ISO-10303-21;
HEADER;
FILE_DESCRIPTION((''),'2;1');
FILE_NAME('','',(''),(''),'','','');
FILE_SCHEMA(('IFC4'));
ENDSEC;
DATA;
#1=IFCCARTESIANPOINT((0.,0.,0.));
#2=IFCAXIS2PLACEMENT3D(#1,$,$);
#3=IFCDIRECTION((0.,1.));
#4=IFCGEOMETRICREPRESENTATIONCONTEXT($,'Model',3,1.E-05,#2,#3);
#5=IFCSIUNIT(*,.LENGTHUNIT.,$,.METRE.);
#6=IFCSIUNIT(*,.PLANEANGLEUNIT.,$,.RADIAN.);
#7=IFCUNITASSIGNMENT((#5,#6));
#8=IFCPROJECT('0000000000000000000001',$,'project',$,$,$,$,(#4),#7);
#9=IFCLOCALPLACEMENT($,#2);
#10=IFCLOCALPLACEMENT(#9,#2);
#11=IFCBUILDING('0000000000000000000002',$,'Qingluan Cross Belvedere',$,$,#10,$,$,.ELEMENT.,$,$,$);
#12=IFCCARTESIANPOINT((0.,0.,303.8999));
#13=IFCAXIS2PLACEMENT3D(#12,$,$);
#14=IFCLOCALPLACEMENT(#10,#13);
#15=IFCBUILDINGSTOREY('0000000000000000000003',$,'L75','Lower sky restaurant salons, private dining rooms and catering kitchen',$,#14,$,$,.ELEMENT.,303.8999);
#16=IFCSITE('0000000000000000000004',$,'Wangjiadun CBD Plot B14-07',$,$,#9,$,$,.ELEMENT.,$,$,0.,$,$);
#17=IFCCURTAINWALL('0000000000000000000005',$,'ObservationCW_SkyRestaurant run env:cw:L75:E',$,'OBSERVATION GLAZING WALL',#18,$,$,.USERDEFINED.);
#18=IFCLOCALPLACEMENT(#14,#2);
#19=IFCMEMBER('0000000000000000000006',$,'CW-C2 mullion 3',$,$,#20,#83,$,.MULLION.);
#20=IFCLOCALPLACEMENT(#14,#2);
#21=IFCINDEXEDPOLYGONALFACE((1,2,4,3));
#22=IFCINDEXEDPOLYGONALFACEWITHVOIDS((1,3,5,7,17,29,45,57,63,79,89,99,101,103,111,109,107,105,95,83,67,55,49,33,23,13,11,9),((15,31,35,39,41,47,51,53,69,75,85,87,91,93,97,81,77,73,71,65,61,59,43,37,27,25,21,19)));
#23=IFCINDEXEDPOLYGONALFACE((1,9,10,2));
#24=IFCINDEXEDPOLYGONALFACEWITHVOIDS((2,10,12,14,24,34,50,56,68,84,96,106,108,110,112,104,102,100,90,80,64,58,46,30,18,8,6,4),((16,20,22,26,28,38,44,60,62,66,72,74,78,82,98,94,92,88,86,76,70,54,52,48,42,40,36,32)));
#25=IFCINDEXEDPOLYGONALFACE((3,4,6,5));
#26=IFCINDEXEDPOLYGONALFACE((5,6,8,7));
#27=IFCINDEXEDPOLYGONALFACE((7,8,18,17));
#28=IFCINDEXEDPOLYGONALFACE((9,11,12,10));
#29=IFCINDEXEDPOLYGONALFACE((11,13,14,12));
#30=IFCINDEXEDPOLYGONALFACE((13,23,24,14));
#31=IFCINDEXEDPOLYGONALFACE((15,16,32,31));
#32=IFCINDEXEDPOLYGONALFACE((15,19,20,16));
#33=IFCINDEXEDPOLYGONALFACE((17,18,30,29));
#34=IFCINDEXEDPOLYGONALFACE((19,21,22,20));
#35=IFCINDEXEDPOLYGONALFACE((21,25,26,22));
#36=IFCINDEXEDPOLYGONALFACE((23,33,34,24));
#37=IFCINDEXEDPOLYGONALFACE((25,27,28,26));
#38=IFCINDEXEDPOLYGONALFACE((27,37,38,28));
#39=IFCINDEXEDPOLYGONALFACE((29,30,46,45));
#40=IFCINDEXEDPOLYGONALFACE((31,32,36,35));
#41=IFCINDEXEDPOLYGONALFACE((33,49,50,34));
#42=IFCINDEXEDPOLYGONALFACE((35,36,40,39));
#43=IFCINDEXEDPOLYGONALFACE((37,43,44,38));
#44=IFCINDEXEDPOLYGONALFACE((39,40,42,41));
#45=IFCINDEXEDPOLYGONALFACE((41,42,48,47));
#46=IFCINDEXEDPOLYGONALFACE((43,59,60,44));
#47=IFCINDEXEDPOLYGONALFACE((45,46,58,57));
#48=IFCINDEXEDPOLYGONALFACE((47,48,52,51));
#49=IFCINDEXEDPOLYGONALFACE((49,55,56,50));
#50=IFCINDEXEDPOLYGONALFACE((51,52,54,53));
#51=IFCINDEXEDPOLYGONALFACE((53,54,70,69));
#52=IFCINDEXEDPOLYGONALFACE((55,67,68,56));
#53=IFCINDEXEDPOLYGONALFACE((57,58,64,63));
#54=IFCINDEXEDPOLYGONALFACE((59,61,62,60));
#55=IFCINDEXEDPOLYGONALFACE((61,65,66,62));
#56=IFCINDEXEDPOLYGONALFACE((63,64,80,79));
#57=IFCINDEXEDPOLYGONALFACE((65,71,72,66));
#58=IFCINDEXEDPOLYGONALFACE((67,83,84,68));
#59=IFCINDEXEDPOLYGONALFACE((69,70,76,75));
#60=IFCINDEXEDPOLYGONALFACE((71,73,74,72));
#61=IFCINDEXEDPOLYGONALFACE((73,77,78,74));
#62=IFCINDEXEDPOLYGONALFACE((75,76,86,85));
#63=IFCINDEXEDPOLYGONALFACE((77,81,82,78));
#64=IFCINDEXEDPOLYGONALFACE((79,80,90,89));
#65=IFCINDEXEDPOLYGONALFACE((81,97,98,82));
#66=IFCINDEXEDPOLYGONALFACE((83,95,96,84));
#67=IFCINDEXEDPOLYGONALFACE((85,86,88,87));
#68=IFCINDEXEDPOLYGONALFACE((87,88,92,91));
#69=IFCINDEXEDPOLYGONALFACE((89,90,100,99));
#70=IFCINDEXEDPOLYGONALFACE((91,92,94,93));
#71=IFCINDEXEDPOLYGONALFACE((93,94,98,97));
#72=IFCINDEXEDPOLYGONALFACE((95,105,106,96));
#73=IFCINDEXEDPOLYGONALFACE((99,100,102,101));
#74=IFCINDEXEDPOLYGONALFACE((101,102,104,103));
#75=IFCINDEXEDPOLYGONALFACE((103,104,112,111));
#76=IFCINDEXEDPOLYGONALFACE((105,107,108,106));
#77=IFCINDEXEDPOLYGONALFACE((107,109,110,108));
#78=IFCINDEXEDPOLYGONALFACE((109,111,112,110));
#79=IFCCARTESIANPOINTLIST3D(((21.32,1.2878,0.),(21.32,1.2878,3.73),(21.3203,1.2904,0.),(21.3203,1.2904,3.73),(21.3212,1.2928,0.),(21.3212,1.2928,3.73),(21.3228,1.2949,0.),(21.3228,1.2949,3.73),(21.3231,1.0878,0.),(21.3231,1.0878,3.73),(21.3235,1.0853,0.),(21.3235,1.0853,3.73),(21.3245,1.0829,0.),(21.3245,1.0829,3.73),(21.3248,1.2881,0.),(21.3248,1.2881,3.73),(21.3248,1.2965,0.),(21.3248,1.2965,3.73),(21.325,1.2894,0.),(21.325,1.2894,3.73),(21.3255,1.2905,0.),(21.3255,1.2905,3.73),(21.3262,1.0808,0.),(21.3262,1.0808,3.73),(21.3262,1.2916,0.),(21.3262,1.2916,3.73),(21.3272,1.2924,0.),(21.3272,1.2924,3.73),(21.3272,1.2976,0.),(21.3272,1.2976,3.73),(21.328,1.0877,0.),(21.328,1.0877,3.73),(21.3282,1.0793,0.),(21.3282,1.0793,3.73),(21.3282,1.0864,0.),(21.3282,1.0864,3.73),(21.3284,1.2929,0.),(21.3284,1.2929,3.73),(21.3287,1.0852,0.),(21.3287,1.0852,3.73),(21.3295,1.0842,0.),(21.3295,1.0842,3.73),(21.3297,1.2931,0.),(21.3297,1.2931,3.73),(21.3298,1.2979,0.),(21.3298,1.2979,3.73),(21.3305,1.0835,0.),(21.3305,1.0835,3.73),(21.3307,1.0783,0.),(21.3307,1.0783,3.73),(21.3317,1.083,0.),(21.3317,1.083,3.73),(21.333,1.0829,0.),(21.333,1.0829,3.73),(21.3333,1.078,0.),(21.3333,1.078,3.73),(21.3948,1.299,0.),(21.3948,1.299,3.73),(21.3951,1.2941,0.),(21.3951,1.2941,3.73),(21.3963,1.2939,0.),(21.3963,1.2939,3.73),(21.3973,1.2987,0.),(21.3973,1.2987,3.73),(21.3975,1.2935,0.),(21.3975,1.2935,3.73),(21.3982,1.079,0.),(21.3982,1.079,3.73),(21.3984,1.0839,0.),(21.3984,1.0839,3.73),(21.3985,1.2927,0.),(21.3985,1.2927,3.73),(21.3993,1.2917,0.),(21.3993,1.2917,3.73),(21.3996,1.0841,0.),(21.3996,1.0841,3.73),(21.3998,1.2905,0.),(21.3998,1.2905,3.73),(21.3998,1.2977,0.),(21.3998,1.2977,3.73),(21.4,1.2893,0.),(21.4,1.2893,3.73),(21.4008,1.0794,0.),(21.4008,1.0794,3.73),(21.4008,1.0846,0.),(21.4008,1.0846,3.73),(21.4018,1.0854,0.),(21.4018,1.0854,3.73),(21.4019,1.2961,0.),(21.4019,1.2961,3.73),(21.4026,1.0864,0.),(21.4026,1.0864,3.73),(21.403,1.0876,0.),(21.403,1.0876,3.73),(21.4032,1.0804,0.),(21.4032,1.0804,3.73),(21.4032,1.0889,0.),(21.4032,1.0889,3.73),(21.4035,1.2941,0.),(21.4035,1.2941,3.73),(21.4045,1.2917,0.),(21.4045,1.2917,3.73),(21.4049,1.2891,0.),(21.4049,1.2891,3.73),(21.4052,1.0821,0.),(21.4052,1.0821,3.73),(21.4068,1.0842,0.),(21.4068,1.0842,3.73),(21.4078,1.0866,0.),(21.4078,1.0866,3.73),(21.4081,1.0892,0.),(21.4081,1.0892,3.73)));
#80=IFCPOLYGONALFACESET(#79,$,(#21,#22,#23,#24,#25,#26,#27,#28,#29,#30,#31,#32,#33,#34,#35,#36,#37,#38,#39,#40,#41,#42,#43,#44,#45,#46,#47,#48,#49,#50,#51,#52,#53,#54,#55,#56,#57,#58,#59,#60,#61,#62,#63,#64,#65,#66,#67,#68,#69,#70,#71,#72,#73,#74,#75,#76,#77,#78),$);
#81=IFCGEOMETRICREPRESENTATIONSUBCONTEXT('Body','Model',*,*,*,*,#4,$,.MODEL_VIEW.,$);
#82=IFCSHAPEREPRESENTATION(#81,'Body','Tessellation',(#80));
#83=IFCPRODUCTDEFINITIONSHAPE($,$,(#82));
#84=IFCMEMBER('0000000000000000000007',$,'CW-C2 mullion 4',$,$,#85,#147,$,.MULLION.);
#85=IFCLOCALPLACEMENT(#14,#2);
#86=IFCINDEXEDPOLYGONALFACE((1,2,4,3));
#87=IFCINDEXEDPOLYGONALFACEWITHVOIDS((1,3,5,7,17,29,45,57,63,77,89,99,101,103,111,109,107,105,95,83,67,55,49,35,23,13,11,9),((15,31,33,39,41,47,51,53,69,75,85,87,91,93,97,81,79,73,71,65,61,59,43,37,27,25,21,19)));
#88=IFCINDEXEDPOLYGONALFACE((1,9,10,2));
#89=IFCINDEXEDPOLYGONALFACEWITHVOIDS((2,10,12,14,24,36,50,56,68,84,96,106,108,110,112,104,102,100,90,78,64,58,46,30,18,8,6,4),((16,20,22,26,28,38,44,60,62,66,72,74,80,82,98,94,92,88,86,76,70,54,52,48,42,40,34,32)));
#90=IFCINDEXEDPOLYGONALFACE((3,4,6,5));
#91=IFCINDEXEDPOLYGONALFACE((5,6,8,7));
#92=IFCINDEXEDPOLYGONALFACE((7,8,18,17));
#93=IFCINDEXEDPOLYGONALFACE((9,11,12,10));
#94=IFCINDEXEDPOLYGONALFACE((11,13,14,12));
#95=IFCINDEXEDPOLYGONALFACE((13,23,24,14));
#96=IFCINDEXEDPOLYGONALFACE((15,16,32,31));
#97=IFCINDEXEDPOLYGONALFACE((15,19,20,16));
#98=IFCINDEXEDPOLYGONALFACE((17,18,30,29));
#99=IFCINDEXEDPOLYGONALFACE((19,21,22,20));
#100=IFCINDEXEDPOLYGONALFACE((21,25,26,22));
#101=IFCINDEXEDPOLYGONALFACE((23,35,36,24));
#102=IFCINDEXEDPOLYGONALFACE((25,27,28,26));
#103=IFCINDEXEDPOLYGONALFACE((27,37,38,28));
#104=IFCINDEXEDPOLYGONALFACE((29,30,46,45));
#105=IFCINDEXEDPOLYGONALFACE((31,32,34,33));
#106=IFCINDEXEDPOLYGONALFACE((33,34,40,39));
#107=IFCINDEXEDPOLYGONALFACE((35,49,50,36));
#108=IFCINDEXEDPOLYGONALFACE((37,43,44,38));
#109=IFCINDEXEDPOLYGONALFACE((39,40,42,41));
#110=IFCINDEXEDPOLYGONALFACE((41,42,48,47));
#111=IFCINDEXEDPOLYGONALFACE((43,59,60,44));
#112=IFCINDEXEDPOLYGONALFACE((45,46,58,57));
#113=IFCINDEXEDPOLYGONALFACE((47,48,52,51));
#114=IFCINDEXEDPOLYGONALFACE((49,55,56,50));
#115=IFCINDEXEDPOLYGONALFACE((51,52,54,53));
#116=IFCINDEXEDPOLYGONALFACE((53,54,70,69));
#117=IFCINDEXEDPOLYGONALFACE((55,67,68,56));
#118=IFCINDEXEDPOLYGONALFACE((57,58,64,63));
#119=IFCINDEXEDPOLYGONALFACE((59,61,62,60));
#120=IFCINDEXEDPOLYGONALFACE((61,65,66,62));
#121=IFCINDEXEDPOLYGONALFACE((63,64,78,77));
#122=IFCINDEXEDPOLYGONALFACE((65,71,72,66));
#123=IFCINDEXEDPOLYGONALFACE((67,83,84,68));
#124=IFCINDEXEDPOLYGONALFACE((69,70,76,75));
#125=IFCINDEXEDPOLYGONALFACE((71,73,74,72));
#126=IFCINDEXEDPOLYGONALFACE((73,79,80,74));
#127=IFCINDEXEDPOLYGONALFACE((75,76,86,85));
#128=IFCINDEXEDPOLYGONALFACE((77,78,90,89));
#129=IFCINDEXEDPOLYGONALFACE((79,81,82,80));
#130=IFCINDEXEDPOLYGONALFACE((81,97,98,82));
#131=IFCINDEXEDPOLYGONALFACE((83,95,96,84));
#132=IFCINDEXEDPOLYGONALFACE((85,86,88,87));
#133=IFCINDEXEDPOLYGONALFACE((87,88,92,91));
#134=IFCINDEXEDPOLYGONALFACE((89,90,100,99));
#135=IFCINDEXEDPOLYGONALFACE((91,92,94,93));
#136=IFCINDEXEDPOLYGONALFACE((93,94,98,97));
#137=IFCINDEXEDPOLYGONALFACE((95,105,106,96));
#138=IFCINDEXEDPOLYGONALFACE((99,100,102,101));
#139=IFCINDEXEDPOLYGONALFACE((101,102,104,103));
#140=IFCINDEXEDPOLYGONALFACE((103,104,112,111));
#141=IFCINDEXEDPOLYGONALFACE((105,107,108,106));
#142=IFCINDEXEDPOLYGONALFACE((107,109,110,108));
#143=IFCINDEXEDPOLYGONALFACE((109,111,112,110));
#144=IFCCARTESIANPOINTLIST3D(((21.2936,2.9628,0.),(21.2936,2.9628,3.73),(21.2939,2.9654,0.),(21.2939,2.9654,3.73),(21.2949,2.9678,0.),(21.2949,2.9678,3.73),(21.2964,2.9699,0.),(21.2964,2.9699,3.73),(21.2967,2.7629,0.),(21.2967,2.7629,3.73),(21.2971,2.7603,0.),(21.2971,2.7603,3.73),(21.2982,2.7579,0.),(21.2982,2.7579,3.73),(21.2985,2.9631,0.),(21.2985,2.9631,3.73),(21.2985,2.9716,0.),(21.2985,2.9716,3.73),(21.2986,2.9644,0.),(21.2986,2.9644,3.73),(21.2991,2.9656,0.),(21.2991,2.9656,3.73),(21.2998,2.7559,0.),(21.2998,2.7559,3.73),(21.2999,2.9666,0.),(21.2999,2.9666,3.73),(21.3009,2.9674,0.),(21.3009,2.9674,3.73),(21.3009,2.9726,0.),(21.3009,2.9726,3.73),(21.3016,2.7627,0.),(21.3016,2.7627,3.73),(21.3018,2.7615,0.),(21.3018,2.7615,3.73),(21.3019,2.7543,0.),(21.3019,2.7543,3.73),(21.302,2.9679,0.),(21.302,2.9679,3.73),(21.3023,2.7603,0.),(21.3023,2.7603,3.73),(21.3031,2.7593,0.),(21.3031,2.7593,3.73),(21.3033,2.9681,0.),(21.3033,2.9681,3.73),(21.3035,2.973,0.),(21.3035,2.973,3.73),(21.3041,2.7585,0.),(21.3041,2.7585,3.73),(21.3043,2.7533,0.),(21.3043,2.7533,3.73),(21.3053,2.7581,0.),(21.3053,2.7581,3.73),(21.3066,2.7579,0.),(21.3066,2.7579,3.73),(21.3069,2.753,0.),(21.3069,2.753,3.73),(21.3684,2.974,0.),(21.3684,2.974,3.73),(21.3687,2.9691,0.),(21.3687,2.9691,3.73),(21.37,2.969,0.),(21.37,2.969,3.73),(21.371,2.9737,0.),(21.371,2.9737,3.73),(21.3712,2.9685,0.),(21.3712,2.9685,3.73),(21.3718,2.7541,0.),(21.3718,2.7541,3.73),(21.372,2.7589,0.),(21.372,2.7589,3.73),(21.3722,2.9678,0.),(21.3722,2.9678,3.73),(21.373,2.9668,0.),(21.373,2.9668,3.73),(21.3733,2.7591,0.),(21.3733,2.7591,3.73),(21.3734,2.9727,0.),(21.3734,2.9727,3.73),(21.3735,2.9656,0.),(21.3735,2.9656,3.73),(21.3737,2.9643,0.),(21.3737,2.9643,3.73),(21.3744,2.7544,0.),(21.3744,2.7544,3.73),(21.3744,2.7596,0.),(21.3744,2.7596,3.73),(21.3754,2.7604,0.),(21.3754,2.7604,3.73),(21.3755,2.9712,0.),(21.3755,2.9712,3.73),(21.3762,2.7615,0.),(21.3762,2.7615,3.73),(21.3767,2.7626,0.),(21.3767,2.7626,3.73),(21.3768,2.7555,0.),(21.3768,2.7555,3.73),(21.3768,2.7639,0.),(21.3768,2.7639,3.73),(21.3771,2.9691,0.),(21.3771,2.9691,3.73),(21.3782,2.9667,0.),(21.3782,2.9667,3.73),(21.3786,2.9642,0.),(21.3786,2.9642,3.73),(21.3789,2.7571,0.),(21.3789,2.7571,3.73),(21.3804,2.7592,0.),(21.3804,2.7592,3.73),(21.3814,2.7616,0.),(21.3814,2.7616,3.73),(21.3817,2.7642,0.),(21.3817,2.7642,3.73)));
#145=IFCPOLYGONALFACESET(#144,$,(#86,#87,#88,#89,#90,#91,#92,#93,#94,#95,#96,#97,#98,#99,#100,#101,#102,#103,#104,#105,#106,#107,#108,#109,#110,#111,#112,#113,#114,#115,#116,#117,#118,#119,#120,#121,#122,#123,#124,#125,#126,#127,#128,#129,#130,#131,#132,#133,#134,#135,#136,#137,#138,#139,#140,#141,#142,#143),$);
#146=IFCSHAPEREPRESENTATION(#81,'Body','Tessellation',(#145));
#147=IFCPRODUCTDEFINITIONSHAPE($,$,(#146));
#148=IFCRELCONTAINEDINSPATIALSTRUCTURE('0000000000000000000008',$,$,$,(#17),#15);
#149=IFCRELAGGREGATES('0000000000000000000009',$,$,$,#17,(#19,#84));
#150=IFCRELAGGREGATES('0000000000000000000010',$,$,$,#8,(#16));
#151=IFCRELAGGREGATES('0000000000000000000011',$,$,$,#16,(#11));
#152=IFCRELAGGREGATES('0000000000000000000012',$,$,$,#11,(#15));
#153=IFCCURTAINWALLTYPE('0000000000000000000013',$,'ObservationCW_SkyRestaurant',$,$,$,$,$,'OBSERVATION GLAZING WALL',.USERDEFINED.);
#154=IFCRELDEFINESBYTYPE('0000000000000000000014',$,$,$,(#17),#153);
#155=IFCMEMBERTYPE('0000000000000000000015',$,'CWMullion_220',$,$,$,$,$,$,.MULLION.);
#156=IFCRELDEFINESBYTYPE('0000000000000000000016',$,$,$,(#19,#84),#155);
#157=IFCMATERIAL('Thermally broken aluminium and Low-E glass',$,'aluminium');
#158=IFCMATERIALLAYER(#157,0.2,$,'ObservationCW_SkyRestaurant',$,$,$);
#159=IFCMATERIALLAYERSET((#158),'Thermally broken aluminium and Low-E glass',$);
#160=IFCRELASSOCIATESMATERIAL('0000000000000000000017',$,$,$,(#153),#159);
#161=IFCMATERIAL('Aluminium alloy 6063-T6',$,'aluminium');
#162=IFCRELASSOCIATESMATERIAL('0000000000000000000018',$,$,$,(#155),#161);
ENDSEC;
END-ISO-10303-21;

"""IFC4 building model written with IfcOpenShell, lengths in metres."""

from ifc_helpers import new_model, si_unit, direction, frame, origin, origin_2d, place, context, subcontext, project, spatial, hollow_rectangle, extrude, material, layer, layer_set, material_profile, profile_set, type_object, element, aggregate, save


model = new_model("IFC4")

# Units and contexts
model_context = context("Model", 3, precision=1e-05, world=origin(), true_north=direction((0.0, 1.0)))
body_context = subcontext(model_context, "Body", "Model", "MODEL_VIEW")
ifc_project = project(units=[si_unit("LENGTHUNIT", "METRE"), si_unit("PLANEANGLEUNIT", "RADIAN")], contexts=[model_context])

# Site, building, storey
site_placement = place(None, origin())
site = spatial("IfcSite", under=ifc_project, at=site_placement, Name="Wangjiadun CBD Plot B14-07", CompositionType="ELEMENT", RefElevation=0.0)
building_placement = place(site_placement, origin())
building = spatial("IfcBuilding", under=site, at=building_placement, Name="Qingluan Cross Belvedere", CompositionType="ELEMENT")
storey_placement = place(building_placement, frame((0.0, 0.0, 303.8999)))
storey = spatial("IfcBuildingStorey", under=building, at=storey_placement, Name="L75", Description="Lower sky restaurant salons, private dining rooms and catering kitchen", CompositionType="ELEMENT", Elevation=303.8999)

# Curtain wall, members
ifc_material_1 = material(Name="Thermally broken aluminium and Low-E glass", Category="aluminium")
ifc_layer_1 = layer(ifc_material_1, 0.2, Name="ObservationCW_SkyRestaurant")
ifc_layer_set_1 = layer_set([ifc_layer_1], Name="Thermally broken aluminium and Low-E glass")
curtain_wall_type = type_object("IfcCurtainWallType", Name="ObservationCW_SkyRestaurant", ElementType="OBSERVATION GLAZING WALL", PredefinedType="USERDEFINED", material=ifc_layer_set_1)
curtain_wall_placement = place(storey_placement, origin())
curtain_wall = element("IfcCurtainWall", 1, at=curtain_wall_placement, inside=storey, type_object=curtain_wall_type, Name="ObservationCW_SkyRestaurant run env:cw:L75:E", ObjectType="OBSERVATION GLAZING WALL", PredefinedType="USERDEFINED")
ifc_material_2 = material(Name="Aluminium alloy 6063-T6", Category="aluminium")
ifc_material_profile_1 = material_profile(ifc_material_2, hollow_rectangle(XDim=0.085, YDim=0.22, WallThickness=0.0049, InnerFilletRadius=0.0049, OuterFilletRadius=0.01, at=origin_2d()), Name="CWM220x85x5")
ifc_profile_set_1 = profile_set([ifc_material_profile_1], Name="Aluminium alloy 6063-T6")
member_type_1 = type_object("IfcMemberType", Name="CWMullion_220", PredefinedType="MULLION", material=ifc_profile_set_1)
member_1_placement = place(storey_placement, frame((21.364, 1.1885, 0.0), z_axis=(0.0, 0.0, 1.0), x_axis=(-0.999877, -0.015696, 0.0)))
member_1 = element("IfcMember", 2, at=member_1_placement, type_object=member_type_1, Name="CW-C2 mullion 3", PredefinedType="MULLION", context=body_context, shape_type="SweptSolid", body=[
    extrude(hollow_rectangle(XDim=0.085, YDim=0.22, WallThickness=0.0049, InnerFilletRadius=0.0049, OuterFilletRadius=0.01, at=origin_2d()), origin(), (0.0, 0.0, 1.0), 3.73),
])
member_2_placement = place(storey_placement, frame((21.3376, 2.8635, 0.0), z_axis=(0.0, 0.0, 1.0), x_axis=(-0.999877, -0.015696, 0.0)))
member_2 = element("IfcMember", 3, at=member_2_placement, type_object=member_type_1, Name="CW-C2 mullion 4", PredefinedType="MULLION", context=body_context, shape_type="SweptSolid", body=[
    extrude(hollow_rectangle(XDim=0.085, YDim=0.22, WallThickness=0.0049, InnerFilletRadius=0.0049, OuterFilletRadius=0.01, at=origin_2d()), origin(), (0.0, 0.0, 1.0), 3.73),
])

aggregate(curtain_wall, [member_1, member_2])

save(model, "model.ifc")
